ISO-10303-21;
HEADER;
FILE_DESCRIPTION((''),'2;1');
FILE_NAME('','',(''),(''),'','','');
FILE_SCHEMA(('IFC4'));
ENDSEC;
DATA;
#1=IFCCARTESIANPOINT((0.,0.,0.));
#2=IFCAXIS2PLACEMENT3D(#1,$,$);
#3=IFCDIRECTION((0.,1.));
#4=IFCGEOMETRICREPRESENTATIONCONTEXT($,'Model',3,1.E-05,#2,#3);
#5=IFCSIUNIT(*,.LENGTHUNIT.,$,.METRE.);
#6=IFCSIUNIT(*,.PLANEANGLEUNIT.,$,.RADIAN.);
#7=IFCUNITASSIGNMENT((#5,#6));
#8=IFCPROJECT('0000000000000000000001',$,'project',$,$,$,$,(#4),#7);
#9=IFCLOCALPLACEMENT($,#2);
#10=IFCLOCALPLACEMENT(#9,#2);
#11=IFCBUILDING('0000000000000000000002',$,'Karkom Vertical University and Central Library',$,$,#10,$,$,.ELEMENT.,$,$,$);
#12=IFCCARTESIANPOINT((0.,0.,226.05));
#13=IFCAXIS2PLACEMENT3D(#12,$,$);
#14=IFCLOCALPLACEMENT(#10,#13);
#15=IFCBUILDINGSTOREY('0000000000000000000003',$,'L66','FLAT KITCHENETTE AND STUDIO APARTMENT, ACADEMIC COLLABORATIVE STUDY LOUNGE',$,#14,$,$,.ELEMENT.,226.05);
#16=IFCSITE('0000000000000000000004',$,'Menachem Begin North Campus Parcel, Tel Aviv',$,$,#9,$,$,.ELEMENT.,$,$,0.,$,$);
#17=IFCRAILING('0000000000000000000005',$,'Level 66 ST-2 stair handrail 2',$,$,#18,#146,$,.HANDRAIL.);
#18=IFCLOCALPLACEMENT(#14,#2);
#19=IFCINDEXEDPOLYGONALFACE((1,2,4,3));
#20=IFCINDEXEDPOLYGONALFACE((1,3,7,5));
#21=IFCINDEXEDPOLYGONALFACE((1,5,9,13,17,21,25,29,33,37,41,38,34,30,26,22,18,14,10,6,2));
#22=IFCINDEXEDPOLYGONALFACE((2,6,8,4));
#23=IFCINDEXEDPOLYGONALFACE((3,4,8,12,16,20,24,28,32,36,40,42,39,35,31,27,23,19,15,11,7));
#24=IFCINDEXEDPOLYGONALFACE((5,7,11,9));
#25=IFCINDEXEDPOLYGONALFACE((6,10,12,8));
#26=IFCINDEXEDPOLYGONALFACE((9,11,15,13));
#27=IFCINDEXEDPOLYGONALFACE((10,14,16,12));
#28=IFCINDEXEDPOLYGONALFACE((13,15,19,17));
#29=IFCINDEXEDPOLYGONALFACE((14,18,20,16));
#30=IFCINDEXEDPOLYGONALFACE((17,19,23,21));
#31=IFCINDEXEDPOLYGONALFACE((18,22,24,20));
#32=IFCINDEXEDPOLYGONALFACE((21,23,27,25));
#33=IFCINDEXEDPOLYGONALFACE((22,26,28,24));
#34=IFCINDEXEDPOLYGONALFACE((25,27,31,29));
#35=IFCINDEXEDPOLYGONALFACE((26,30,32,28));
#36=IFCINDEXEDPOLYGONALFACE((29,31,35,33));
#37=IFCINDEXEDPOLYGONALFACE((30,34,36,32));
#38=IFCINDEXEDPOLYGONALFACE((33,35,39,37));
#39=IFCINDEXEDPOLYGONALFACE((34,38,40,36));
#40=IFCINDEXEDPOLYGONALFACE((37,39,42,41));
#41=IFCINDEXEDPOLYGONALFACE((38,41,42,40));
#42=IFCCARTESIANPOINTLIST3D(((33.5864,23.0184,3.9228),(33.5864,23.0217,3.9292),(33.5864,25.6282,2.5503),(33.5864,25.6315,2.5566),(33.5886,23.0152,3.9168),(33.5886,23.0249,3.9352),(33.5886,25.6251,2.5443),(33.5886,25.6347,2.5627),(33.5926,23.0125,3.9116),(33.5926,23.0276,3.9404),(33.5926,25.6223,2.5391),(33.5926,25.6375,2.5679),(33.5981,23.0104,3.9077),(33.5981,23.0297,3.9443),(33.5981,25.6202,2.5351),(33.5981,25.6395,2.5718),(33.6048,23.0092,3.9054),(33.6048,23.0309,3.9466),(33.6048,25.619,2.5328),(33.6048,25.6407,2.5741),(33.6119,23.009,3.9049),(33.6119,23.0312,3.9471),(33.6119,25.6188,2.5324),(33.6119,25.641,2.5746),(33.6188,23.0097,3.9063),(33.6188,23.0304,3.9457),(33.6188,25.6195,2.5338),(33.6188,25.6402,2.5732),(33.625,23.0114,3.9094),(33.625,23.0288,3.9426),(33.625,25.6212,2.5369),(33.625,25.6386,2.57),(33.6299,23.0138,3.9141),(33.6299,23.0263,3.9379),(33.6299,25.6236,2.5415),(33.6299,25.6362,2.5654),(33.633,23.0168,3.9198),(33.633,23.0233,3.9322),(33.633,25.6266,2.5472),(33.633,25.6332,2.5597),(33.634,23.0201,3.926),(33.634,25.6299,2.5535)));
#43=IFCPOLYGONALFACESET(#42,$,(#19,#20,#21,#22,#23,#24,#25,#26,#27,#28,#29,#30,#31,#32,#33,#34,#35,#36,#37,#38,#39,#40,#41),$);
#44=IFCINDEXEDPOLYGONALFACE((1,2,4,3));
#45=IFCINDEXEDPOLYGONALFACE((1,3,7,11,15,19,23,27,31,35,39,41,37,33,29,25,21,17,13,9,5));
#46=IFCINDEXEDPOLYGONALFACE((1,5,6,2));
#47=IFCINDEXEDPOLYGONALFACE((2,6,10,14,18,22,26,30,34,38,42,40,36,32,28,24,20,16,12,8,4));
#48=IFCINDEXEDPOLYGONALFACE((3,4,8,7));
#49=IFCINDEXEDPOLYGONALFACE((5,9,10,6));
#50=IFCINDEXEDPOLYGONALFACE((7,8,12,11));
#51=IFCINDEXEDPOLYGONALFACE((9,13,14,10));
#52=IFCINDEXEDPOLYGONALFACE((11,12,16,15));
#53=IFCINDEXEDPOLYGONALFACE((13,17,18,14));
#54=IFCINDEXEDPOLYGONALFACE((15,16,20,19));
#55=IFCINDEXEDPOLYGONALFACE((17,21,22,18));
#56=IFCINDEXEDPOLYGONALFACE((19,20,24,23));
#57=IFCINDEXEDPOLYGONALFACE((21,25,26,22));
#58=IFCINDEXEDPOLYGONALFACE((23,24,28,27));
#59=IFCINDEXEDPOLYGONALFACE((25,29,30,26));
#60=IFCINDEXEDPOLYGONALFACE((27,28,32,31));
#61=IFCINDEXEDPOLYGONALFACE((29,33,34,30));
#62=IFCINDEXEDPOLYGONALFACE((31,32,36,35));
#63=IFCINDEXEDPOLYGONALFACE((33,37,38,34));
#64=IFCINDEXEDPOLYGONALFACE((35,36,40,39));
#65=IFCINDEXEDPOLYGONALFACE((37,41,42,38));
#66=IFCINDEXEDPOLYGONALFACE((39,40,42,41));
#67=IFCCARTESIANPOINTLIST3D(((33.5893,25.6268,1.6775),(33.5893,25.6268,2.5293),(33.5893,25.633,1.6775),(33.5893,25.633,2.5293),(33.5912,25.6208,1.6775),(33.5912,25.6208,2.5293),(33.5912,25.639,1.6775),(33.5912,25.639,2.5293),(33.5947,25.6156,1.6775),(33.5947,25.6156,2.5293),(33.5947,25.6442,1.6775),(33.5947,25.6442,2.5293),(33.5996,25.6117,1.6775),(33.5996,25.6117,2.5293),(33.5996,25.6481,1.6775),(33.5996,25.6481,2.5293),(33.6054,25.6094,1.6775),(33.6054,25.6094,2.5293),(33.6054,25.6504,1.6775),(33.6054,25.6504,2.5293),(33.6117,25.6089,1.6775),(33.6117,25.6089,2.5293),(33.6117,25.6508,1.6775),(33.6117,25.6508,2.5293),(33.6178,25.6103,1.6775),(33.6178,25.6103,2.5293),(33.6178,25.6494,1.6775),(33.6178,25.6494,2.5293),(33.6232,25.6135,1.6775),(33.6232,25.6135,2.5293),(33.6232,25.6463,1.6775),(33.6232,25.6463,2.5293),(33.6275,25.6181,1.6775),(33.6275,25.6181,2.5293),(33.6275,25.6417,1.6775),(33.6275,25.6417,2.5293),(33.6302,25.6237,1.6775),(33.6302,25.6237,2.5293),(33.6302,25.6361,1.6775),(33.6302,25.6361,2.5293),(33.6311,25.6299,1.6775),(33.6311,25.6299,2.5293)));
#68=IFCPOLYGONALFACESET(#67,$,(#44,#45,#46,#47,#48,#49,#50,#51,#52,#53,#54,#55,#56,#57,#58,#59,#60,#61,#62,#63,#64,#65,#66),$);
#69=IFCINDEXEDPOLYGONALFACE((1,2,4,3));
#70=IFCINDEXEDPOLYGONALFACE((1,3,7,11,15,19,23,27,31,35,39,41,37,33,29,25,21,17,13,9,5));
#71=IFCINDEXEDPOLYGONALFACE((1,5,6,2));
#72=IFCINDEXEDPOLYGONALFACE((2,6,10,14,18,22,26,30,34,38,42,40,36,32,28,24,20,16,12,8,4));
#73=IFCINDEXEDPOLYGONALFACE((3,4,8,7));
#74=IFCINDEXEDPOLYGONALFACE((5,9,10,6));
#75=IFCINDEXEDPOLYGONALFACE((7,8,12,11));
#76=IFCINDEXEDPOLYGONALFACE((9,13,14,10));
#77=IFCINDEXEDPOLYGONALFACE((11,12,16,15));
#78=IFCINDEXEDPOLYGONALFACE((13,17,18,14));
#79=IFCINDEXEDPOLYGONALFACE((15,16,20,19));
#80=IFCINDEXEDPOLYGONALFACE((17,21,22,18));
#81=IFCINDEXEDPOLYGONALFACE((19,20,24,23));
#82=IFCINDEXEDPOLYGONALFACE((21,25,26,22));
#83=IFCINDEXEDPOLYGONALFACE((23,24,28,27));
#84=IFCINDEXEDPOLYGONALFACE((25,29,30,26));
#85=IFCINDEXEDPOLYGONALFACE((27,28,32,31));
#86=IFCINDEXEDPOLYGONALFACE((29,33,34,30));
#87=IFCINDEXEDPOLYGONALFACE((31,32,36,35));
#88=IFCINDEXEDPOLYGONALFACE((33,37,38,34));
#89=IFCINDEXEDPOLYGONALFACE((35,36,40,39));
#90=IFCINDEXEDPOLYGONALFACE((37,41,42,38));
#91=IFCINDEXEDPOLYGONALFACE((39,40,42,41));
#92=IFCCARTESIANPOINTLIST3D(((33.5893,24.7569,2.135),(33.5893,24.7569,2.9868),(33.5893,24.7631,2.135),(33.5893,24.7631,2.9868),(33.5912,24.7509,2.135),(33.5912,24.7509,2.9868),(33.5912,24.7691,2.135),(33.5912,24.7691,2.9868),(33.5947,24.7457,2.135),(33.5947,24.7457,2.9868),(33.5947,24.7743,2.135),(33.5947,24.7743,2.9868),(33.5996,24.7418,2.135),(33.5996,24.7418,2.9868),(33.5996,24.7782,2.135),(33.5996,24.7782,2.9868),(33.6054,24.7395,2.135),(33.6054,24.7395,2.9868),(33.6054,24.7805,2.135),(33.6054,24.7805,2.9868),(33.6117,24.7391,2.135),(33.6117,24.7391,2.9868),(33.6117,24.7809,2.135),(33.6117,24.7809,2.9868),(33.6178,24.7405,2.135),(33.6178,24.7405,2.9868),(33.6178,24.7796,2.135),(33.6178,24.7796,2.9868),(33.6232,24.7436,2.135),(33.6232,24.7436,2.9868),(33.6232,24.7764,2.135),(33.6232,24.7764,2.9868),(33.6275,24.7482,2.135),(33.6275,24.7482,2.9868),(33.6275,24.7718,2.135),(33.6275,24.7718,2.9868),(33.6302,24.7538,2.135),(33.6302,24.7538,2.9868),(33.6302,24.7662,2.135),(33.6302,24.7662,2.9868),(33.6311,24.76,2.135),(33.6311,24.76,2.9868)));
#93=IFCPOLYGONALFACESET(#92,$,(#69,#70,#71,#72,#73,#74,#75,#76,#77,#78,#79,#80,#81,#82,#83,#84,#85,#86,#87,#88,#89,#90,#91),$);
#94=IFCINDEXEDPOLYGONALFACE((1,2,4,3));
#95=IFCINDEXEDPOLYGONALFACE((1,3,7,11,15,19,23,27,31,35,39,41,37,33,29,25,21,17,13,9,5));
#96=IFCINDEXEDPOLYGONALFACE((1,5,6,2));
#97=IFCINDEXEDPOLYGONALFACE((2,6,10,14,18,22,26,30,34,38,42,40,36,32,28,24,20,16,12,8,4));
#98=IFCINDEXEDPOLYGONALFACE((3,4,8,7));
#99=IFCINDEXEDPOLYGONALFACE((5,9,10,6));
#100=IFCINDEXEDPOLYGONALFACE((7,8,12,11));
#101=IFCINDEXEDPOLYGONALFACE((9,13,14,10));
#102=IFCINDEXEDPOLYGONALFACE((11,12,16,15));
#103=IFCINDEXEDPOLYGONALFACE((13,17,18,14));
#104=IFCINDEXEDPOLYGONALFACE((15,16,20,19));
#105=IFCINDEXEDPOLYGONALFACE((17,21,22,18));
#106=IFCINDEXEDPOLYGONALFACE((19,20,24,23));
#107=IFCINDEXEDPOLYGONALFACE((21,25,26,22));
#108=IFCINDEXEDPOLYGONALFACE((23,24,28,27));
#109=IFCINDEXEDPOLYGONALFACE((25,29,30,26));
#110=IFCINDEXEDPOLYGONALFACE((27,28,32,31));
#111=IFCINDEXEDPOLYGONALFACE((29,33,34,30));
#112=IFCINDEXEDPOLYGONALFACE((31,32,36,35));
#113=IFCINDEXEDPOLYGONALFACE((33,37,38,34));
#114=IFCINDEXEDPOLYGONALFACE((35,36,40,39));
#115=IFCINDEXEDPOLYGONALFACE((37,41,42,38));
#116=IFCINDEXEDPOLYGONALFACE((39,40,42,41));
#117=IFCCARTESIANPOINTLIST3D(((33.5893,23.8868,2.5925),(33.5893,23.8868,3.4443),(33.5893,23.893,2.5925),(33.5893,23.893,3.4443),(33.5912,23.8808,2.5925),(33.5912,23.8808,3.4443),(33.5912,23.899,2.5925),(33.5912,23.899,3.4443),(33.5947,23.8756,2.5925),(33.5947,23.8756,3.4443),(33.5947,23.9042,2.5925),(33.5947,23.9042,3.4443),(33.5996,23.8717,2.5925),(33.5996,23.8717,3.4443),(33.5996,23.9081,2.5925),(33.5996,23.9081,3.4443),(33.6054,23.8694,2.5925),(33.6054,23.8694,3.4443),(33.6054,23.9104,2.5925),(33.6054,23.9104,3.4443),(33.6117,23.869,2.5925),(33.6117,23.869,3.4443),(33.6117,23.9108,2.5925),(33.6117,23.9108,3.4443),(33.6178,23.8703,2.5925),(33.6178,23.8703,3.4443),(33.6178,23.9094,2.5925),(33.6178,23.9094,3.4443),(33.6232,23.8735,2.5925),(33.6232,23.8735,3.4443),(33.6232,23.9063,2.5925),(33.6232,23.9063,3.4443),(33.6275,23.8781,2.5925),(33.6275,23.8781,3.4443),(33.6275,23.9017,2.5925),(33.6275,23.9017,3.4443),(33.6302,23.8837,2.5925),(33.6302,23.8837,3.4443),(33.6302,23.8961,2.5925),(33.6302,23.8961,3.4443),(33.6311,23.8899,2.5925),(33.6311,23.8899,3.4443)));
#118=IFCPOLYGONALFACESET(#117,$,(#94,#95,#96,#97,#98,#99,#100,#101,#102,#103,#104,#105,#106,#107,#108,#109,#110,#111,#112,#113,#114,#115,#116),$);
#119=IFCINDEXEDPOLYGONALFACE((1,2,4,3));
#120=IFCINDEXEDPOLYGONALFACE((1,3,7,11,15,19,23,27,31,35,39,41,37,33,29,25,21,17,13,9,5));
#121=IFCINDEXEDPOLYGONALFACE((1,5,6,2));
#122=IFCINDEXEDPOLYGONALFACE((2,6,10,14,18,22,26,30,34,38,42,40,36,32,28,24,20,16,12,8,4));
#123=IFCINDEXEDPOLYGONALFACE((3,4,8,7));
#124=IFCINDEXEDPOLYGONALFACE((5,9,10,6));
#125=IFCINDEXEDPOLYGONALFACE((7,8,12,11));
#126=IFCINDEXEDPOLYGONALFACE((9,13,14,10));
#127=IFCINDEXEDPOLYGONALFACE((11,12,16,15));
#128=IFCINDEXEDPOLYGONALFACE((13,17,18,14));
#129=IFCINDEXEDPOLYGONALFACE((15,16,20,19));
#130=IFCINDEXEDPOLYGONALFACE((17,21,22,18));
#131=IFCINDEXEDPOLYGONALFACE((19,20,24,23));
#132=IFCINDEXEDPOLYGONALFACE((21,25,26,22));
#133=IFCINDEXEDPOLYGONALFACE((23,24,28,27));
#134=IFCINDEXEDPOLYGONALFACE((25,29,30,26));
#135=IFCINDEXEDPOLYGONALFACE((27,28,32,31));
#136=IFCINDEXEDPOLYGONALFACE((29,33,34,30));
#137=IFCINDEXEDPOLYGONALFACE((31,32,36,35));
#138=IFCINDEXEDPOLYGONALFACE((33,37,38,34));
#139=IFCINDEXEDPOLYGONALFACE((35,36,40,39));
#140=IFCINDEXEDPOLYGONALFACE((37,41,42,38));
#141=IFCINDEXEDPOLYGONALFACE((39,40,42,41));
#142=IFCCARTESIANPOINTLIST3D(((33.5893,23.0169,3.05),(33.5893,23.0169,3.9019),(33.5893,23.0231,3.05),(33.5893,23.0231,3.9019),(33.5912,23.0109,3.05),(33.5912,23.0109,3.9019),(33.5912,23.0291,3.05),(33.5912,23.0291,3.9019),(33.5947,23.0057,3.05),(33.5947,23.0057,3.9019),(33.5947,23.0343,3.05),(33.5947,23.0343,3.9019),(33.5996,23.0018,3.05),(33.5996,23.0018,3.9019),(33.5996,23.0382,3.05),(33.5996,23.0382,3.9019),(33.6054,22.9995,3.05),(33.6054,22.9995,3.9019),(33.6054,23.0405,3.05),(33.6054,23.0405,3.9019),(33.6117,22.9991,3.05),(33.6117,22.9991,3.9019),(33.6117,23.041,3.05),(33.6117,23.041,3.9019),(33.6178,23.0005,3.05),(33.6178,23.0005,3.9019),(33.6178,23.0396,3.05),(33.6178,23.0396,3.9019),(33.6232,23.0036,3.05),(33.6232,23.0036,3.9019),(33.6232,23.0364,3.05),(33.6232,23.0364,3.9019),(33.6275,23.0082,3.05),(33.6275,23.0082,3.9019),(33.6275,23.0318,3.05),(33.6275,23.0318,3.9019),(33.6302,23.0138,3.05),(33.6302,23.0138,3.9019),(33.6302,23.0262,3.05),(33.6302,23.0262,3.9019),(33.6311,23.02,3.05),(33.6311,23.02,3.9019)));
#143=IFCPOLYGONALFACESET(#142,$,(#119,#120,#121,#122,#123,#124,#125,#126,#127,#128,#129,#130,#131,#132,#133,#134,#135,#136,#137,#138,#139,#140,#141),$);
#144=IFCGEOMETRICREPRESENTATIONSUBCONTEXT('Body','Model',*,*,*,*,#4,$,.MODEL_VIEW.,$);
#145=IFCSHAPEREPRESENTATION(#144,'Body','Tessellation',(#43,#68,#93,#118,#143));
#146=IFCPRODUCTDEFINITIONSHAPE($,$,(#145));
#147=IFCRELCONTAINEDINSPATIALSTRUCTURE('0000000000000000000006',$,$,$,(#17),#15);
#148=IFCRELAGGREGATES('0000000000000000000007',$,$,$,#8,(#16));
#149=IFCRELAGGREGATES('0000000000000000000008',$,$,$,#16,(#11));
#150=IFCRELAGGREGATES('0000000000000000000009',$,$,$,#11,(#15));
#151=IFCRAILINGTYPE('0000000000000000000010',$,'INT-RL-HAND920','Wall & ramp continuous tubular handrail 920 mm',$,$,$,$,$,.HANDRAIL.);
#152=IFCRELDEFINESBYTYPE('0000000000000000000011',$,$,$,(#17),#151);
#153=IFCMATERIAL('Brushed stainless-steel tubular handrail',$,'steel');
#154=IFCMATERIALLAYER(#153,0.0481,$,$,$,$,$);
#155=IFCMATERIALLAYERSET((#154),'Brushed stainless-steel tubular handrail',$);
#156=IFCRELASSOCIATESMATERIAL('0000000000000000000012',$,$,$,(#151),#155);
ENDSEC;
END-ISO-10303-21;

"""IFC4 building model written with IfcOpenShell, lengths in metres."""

from ifc_helpers import new_model, si_unit, direction, frame, origin, origin_2d, place, context, subcontext, project, spatial, circle, extrude, material, layer, layer_set, type_object, element, save


model = new_model("IFC4")

# Units and contexts
model_context = context("Model", 3, precision=1e-05, world=origin(), true_north=direction((0.0, 1.0)))
body_context = subcontext(model_context, "Body", "Model", "MODEL_VIEW")
ifc_project = project(units=[si_unit("LENGTHUNIT", "METRE"), si_unit("PLANEANGLEUNIT", "RADIAN")], contexts=[model_context])

# Site, building, storey
site_placement = place(None, origin())
site = spatial("IfcSite", under=ifc_project, at=site_placement, Name="Menachem Begin North Campus Parcel, Tel Aviv", CompositionType="ELEMENT", RefElevation=0.0)
building_placement = place(site_placement, origin())
building = spatial("IfcBuilding", under=site, at=building_placement, Name="Karkom Vertical University and Central Library", CompositionType="ELEMENT")
storey_placement = place(building_placement, frame((0.0, 0.0, 226.05)))
storey = spatial("IfcBuildingStorey", under=building, at=storey_placement, Name="L66", Description="FLAT KITCHENETTE AND STUDIO APARTMENT, ACADEMIC COLLABORATIVE STUDY LOUNGE", CompositionType="ELEMENT", Elevation=226.05)

# Railing
ifc_material_1 = material(Name="Brushed stainless-steel tubular handrail", Category="steel")
ifc_layer_1 = layer(ifc_material_1, 0.0481)
ifc_layer_set_1 = layer_set([ifc_layer_1], Name="Brushed stainless-steel tubular handrail")
railing_type = type_object("IfcRailingType", Name="INT-RL-HAND920", Description="Wall & ramp continuous tubular handrail 920 mm", PredefinedType="HANDRAIL", material=ifc_layer_set_1)
railing_placement = place(storey_placement, frame((33.6101, 25.6299, 1.6775)))
element("IfcRailing", 1, at=railing_placement, inside=storey, type_object=railing_type, Name="Level 66 ST-2 stair handrail 2", PredefinedType="HANDRAIL", context=body_context, shape_type="SweptSolid", body=[
    extrude(circle(Radius=0.0239, at=origin_2d()), frame((0.0, 0.0, 0.876), z_axis=(0.0, -0.885065, 0.465467), x_axis=(1.0, 0.0, 0.0)), (0.0, 0.0, 1.0), 2.9487),
    extrude(circle(Radius=0.021, at=origin_2d()), origin(), (0.0, 0.0, 1.0), 0.8518),
    extrude(circle(Radius=0.021, at=origin_2d()), frame((0.0, -0.8699, 0.4575)), (0.0, 0.0, 1.0), 0.8518),
    extrude(circle(Radius=0.021, at=origin_2d()), frame((0.0, -1.74, 0.915)), (0.0, 0.0, 1.0), 0.8518),
    extrude(circle(Radius=0.021, at=origin_2d()), frame((0.0, -2.6099, 1.3726)), (0.0, 0.0, 1.0), 0.8518),
])

save(model, "model.ifc")
